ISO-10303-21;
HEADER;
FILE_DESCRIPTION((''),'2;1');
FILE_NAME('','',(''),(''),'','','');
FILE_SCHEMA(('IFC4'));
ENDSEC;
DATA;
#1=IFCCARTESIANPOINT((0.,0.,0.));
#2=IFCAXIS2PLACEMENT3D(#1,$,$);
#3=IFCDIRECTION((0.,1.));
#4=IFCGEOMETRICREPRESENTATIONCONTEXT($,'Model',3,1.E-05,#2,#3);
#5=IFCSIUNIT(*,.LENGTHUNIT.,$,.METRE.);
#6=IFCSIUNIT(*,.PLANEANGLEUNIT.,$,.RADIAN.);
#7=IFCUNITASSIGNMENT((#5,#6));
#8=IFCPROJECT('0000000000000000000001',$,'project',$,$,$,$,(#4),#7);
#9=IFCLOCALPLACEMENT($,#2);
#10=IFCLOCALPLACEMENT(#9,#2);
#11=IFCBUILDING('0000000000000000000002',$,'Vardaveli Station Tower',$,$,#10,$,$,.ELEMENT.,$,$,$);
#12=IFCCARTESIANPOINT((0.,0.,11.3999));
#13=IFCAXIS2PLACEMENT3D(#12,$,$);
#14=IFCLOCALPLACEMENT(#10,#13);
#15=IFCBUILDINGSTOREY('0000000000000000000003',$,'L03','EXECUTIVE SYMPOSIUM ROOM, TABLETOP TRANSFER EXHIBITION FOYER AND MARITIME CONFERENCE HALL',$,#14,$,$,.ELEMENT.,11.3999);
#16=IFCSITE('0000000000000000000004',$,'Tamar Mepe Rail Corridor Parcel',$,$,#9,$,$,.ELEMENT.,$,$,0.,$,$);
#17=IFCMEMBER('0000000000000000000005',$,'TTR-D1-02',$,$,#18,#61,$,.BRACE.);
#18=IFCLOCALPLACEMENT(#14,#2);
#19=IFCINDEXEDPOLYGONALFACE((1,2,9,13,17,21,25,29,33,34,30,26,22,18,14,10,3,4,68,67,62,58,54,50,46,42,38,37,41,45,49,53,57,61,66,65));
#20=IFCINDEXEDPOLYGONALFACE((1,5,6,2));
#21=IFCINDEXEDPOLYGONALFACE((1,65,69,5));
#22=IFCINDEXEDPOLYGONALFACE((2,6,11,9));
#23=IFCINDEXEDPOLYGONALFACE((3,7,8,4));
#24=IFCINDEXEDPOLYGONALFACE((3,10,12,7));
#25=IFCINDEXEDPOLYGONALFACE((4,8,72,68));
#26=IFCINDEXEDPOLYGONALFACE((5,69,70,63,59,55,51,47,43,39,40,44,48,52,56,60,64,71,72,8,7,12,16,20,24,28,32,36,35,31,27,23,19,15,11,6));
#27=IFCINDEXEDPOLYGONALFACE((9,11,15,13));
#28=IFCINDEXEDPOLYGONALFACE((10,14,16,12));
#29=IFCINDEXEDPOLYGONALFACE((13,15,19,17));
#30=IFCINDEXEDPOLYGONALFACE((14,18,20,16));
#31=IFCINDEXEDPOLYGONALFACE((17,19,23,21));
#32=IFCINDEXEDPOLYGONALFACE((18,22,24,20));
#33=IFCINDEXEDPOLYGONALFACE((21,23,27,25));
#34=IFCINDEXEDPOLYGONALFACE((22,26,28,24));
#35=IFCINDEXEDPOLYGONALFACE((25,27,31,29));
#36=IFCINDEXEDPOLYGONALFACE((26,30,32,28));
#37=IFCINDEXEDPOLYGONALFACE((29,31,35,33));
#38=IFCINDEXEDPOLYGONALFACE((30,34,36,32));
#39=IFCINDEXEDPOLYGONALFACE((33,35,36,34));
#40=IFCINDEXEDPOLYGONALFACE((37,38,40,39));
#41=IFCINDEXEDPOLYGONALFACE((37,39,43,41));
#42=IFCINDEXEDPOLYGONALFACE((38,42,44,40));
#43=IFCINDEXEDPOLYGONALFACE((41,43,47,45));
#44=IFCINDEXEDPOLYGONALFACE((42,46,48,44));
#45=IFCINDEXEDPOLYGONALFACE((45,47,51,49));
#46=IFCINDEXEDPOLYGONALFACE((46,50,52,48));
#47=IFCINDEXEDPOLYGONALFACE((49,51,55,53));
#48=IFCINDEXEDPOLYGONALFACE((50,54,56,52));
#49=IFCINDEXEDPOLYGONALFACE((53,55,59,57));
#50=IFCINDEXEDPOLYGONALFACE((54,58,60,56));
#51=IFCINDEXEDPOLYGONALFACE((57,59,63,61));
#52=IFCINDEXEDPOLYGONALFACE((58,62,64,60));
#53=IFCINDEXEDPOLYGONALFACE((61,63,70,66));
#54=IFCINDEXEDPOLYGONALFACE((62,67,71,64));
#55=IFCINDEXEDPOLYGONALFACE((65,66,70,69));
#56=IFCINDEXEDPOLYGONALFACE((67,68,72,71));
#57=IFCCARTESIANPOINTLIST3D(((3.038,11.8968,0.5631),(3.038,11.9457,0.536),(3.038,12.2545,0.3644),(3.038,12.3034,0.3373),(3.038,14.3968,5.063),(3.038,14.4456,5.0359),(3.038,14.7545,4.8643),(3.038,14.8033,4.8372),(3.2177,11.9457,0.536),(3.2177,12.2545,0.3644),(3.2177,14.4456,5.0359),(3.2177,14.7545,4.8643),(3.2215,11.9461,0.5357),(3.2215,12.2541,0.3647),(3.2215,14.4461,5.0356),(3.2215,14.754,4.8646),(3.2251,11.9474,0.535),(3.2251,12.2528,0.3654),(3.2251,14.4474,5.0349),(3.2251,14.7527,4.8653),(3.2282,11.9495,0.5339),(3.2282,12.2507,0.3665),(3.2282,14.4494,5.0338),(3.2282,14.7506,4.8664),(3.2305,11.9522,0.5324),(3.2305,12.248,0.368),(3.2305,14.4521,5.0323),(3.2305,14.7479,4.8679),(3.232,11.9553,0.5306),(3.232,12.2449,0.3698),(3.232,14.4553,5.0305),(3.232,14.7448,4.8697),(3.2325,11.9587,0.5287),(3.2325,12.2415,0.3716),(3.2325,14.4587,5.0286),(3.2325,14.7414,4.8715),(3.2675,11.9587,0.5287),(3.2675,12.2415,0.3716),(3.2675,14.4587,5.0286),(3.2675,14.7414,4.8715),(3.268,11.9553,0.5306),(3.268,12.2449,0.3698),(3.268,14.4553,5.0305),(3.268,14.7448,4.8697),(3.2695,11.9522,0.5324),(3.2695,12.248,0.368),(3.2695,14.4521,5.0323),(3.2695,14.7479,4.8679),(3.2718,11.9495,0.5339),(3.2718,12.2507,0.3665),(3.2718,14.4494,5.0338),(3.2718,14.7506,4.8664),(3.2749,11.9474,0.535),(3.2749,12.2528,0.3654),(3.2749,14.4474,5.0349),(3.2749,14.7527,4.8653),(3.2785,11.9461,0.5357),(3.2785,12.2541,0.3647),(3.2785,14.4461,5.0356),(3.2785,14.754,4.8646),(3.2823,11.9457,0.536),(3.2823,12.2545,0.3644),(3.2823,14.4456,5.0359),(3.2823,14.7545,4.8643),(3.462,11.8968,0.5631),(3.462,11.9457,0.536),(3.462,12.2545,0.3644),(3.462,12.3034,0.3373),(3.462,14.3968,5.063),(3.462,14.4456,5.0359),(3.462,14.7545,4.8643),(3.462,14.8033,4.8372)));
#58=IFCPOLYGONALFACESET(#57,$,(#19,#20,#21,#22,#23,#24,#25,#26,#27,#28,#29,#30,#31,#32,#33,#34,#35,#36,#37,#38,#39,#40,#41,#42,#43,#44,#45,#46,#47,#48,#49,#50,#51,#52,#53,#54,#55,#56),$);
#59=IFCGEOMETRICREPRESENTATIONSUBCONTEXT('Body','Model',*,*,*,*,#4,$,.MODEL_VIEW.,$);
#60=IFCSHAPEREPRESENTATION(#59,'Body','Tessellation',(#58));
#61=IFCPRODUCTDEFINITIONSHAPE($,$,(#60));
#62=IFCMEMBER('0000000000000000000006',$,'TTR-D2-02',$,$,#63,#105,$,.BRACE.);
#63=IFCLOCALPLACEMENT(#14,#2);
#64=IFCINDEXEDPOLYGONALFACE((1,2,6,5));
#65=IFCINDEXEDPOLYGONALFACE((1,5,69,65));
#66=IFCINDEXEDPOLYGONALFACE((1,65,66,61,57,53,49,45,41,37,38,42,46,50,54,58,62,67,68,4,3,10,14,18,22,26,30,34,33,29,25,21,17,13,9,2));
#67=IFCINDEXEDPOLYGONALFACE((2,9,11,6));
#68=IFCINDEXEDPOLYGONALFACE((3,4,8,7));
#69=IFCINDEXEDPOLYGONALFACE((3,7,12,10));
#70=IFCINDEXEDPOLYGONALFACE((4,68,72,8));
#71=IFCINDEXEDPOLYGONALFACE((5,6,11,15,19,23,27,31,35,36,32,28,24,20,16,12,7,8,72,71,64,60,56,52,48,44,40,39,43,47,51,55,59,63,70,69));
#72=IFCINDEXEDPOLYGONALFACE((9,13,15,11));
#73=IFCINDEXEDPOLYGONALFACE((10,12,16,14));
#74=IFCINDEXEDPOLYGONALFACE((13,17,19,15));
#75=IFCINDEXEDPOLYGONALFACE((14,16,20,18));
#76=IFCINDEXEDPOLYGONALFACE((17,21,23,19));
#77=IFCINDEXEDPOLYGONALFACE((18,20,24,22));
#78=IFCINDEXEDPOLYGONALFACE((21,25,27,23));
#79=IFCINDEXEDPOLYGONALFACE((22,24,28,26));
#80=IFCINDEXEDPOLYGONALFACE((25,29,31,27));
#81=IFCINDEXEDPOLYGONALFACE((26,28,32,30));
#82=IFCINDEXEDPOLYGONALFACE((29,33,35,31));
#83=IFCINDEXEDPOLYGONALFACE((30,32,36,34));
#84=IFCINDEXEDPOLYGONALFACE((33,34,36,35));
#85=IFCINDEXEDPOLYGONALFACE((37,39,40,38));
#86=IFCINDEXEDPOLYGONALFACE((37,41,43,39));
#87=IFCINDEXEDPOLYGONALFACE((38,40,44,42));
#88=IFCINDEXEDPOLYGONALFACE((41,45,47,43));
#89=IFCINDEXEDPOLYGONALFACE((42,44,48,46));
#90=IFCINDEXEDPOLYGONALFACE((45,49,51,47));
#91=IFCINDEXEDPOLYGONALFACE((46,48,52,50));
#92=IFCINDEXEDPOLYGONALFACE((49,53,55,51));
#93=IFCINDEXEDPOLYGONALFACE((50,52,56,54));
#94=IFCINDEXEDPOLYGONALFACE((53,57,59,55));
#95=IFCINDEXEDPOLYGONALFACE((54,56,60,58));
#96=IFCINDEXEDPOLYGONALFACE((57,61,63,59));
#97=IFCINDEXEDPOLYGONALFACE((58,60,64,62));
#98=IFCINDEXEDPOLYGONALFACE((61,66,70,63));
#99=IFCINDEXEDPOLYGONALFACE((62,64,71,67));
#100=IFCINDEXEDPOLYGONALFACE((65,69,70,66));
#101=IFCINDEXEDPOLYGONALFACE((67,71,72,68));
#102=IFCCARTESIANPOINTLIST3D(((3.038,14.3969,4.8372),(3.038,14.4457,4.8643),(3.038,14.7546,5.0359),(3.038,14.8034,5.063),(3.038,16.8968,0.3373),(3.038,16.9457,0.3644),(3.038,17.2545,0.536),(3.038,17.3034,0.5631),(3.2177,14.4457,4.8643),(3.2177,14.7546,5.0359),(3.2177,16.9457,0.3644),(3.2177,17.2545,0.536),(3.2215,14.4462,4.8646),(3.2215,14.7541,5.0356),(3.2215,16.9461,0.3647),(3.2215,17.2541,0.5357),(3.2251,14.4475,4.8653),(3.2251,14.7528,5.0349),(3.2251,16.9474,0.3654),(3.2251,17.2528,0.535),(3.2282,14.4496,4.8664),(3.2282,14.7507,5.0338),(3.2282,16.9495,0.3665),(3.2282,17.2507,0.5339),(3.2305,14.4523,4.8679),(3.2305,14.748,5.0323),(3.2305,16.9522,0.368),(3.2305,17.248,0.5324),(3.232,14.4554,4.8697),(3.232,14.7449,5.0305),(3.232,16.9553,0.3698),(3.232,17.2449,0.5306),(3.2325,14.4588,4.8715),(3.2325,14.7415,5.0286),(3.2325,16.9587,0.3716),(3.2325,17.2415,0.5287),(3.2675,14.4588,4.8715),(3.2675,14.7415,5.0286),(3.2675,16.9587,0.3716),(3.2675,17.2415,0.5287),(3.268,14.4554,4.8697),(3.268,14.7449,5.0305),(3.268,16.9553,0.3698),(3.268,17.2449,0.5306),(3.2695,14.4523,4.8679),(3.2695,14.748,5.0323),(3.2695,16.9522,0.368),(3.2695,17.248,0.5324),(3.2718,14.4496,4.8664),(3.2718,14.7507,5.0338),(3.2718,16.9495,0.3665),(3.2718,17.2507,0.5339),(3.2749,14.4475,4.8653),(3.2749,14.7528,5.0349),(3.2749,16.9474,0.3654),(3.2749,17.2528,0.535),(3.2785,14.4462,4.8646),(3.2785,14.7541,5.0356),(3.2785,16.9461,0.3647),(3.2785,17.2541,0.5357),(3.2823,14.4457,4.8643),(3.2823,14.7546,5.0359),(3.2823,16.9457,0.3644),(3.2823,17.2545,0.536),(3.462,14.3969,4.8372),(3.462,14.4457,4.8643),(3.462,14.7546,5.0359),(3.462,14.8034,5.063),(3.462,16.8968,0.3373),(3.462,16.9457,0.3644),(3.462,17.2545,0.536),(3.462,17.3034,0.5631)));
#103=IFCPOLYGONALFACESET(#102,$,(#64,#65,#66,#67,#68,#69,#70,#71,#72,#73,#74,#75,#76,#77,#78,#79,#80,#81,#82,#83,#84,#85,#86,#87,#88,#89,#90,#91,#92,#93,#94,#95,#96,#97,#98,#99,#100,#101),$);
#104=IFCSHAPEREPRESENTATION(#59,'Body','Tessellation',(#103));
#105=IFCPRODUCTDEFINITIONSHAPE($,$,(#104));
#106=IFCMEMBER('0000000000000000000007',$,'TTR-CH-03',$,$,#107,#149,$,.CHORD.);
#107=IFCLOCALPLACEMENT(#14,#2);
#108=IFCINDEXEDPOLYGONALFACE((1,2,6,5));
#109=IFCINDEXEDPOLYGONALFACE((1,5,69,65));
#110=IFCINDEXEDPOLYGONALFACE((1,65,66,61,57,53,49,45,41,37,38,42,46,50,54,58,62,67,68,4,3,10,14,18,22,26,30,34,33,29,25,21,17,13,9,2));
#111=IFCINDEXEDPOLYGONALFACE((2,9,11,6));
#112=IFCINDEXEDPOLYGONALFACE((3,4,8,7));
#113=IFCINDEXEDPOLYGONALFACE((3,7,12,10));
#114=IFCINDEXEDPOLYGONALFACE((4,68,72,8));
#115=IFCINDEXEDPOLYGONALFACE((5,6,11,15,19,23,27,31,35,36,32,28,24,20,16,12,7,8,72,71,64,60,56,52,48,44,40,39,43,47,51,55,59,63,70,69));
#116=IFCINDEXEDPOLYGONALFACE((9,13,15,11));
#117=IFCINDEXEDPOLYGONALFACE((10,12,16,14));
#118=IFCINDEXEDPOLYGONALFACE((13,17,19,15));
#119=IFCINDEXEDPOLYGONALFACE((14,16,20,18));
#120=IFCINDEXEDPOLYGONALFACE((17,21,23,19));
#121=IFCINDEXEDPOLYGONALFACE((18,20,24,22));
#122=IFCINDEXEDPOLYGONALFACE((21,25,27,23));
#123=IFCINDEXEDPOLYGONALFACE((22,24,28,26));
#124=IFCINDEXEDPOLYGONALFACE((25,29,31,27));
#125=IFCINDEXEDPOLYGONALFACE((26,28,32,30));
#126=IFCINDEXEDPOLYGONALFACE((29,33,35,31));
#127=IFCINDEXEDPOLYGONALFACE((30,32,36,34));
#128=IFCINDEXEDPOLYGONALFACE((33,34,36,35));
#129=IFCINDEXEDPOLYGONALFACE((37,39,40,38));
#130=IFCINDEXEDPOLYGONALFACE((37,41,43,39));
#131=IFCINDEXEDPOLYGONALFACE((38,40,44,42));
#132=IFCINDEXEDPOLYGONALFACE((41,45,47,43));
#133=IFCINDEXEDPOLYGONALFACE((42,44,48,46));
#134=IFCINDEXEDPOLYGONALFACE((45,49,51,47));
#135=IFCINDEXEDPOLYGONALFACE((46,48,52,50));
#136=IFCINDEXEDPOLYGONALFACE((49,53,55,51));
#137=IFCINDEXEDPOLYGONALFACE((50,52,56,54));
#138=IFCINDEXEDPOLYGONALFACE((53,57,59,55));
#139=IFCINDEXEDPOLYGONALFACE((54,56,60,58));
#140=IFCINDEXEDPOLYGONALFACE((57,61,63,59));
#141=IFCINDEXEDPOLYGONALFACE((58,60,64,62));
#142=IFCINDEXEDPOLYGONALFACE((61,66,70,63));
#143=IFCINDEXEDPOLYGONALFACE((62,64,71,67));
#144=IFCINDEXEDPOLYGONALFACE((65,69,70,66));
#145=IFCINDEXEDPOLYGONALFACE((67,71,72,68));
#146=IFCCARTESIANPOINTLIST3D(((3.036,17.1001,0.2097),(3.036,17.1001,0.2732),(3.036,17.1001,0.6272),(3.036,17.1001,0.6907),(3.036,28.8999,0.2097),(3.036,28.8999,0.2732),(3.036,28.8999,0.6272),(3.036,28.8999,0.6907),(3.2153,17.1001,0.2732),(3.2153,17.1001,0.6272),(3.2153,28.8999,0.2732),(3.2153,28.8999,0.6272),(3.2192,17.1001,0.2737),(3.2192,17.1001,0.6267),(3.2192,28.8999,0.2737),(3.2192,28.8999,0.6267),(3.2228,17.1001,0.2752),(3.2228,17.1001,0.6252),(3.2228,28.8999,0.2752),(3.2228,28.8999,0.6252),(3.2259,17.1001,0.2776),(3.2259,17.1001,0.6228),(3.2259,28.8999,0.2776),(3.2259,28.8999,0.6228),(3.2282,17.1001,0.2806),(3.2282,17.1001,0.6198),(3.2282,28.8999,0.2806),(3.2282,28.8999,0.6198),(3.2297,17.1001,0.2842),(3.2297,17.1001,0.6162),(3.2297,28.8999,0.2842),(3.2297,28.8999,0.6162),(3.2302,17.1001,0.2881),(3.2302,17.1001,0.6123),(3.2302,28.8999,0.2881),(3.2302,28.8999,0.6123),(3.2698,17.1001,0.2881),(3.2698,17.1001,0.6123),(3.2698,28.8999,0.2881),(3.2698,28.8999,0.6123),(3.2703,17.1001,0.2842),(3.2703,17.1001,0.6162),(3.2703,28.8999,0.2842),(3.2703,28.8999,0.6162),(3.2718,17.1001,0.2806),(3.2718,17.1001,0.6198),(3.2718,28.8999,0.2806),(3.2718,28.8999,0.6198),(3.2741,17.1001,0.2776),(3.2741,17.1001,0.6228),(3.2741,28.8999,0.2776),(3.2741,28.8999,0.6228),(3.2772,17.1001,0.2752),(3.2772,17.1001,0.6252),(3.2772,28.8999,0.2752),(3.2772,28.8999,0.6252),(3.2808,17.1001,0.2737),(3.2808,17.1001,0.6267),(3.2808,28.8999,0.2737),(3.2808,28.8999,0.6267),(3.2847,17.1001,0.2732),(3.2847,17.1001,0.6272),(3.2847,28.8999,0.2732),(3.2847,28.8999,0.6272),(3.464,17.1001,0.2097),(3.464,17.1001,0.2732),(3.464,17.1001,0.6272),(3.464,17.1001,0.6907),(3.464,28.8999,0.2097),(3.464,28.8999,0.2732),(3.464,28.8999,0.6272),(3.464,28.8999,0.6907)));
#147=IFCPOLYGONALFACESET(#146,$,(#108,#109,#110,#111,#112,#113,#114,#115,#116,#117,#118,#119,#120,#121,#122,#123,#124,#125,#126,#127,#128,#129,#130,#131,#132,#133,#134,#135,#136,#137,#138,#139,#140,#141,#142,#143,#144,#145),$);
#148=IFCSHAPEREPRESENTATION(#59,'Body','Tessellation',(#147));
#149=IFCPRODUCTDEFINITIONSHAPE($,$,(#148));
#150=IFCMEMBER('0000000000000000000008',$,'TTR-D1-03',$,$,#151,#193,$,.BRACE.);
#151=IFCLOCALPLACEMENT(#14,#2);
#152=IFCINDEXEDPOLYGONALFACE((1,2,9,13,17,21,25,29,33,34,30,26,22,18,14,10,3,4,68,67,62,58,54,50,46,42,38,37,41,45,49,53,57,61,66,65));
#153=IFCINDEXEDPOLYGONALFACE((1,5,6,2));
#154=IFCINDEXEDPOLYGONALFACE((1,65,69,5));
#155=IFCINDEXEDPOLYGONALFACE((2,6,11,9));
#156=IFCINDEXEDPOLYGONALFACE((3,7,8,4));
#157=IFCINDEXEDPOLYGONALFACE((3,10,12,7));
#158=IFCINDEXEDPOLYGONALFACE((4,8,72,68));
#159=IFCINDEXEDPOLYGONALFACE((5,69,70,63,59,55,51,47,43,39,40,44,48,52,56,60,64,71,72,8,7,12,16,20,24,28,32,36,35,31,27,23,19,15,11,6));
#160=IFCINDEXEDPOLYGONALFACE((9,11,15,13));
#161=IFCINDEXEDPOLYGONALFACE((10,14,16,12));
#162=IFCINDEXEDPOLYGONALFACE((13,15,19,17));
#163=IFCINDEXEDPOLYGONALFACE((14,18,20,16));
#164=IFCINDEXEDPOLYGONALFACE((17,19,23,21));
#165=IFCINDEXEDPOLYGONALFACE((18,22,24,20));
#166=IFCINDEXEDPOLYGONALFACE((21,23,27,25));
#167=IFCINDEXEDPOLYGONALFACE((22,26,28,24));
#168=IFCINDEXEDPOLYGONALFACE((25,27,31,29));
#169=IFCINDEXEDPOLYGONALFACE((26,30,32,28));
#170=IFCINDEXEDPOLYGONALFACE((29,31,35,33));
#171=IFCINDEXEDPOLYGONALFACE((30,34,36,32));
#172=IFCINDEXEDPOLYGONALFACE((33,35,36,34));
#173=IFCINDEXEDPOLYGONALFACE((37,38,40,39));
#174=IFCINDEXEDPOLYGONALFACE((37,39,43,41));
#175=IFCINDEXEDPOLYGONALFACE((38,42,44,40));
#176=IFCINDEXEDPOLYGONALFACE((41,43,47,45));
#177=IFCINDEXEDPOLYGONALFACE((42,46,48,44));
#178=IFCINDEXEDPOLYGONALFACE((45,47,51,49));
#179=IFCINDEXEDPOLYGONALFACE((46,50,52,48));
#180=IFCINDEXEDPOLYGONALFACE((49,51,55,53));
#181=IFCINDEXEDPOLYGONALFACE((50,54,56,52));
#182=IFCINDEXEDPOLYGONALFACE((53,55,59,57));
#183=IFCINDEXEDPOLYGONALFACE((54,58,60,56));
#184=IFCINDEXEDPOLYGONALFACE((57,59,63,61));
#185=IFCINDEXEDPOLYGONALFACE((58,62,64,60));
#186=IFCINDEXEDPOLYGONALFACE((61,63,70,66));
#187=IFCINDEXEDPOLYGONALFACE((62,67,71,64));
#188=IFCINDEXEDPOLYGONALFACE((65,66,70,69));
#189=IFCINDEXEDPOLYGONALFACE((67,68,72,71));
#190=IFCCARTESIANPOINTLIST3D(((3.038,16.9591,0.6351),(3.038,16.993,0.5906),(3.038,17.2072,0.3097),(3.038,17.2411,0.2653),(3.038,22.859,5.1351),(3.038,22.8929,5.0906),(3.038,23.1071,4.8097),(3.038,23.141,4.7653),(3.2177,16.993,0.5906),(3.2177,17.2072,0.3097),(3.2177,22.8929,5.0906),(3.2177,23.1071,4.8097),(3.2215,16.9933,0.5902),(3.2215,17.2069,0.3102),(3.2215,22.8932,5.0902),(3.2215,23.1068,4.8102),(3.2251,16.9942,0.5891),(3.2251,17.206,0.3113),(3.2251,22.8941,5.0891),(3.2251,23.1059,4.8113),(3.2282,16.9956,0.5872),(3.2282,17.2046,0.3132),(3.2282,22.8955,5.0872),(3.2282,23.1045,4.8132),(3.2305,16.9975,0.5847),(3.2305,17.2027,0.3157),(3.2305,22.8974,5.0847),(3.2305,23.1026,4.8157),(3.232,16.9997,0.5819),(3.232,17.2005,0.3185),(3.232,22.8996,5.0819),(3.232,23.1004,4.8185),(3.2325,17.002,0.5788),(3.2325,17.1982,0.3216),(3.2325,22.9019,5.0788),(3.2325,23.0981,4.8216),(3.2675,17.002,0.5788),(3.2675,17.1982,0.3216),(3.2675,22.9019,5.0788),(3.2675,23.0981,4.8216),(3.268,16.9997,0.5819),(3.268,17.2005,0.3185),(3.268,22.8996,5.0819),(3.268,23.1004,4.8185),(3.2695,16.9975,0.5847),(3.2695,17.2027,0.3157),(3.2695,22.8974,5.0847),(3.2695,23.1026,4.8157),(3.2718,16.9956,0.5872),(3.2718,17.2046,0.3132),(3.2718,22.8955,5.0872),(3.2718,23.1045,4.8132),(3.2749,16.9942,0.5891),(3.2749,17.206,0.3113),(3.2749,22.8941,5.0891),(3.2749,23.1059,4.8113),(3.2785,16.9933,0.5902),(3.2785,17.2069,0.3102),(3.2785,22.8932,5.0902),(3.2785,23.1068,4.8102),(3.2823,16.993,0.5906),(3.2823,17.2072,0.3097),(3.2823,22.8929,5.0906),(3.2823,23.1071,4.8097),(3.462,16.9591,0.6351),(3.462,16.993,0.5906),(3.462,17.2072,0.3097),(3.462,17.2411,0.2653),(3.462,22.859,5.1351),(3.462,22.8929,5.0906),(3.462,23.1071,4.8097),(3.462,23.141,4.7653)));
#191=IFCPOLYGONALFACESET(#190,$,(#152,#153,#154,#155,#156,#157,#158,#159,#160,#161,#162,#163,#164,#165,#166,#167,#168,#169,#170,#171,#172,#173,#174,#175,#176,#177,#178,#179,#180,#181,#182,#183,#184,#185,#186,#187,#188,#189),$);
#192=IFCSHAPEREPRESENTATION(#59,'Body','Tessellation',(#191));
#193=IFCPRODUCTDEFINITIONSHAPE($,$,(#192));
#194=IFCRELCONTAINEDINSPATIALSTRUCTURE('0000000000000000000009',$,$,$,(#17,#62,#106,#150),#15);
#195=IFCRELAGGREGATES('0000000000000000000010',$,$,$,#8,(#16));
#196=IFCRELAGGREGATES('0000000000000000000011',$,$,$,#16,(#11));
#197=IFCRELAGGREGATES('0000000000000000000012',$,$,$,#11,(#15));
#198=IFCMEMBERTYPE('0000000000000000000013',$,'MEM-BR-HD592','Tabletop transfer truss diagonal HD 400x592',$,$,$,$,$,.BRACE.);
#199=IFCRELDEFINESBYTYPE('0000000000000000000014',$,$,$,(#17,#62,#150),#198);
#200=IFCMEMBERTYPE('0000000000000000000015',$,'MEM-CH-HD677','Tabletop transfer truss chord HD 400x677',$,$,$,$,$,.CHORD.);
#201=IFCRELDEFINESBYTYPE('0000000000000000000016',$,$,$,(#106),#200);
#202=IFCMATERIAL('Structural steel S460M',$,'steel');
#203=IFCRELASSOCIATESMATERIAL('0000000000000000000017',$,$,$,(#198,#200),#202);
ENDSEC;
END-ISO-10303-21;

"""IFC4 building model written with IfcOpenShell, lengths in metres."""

from ifc_helpers import new_model, si_unit, direction, frame, origin, origin_2d, place, context, subcontext, project, spatial, i_section, extrude, source, transform, mapped, material, material_profile, profile_set, type_object, element, save


model = new_model("IFC4")

# Units and contexts
model_context = context("Model", 3, precision=1e-05, world=origin(), true_north=direction((0.0, 1.0)))
body_context = subcontext(model_context, "Body", "Model", "MODEL_VIEW")
ifc_project = project(units=[si_unit("LENGTHUNIT", "METRE"), si_unit("PLANEANGLEUNIT", "RADIAN")], contexts=[model_context])

# Site, building, storey
site_placement = place(None, origin())
site = spatial("IfcSite", under=ifc_project, at=site_placement, Name="Tamar Mepe Rail Corridor Parcel", CompositionType="ELEMENT", RefElevation=0.0)
building_placement = place(site_placement, origin())
building = spatial("IfcBuilding", under=site, at=building_placement, Name="Vardaveli Station Tower", CompositionType="ELEMENT")
storey_placement = place(building_placement, frame((0.0, 0.0, 11.3999)))
storey = spatial("IfcBuildingStorey", under=building, at=storey_placement, Name="L03", Description="EXECUTIVE SYMPOSIUM ROOM, TABLETOP TRANSFER EXHIBITION FOYER AND MARITIME CONFERENCE HALL", CompositionType="ELEMENT", Elevation=11.3999)

# Members
ifc_material_1 = material(Name="Structural steel S460M", Category="steel")
ifc_material_profile_1 = material_profile(ifc_material_1, i_section(OverallWidth=0.4241, OverallDepth=0.4651, WebThickness=0.0349, FlangeThickness=0.0559, FilletRadius=0.0149, at=origin_2d()), Name="HD 400x592")
ifc_profile_set_1 = profile_set([ifc_material_profile_1], Name="Structural steel S460M")
member_type_1 = type_object("IfcMemberType", Name="MEM-BR-HD592", Description="Tabletop transfer truss diagonal HD 400x592", PredefinedType="BRACE", material=ifc_profile_set_1)
ifc_material_profile_2 = material_profile(ifc_material_1, i_section(OverallWidth=0.428, OverallDepth=0.481, WebThickness=0.0396, FlangeThickness=0.0635, FilletRadius=0.0149, at=origin_2d()), Name="HD 400x677")
ifc_profile_set_2 = profile_set([ifc_material_profile_2], Name="Structural steel S460M")
member_type_2 = type_object("IfcMemberType", Name="MEM-CH-HD677", Description="Tabletop transfer truss chord HD 400x677", PredefinedType="CHORD", material=ifc_profile_set_2)
shared_shape_1 = source(origin(), body_context, "Body", "SweptSolid", [
    extrude(i_section(OverallWidth=0.4241, OverallDepth=0.4651, WebThickness=0.0349, FlangeThickness=0.0559, FilletRadius=0.0149, at=origin_2d()), origin(), (0.0, 0.0, 1.0), 5.1477),
])
for number, where, z_axis, x_axis, name in (
    (1, (3.25, 12.1001, 0.4502), (0.0, 0.485643, 0.874157), (-1.0, 0.0, 0.0), "TTR-D1-02"),
    (2, (3.25, 17.1001, 0.4502), (0.0, -0.485643, 0.874157), (1.0, 0.0, 0.0), "TTR-D2-02"),
):
    element("IfcMember", number, at=place(storey_placement, frame(where, z_axis=z_axis, x_axis=x_axis)), inside=storey, type_object=member_type_1, Name=name, PredefinedType="BRACE", context=body_context, shape_type="MappedRepresentation", body=[
        mapped(shared_shape_1, transform((0.0, 0.0, 0.0), scale=1.0)),
    ])
shared_shape_2 = source(origin(), body_context, "Body", "SweptSolid", [
    extrude(i_section(OverallWidth=0.428, OverallDepth=0.481, WebThickness=0.0396, FlangeThickness=0.0635, FilletRadius=0.0149, at=origin_2d()), origin(), (0.0, 0.0, 1.0), 11.7998),
])
member_1_placement = place(storey_placement, frame((3.25, 17.1001, 0.4502), z_axis=(0.0, 1.0, 0.0), x_axis=(-1.0, 0.0, 0.0)))
element("IfcMember", 3, at=member_1_placement, inside=storey, type_object=member_type_2, Name="TTR-CH-03", PredefinedType="CHORD", context=body_context, shape_type="MappedRepresentation", body=[
    mapped(shared_shape_2, transform((0.0, 0.0, 0.0), scale=1.0)),
])
shared_shape_3 = source(origin(), body_context, "Body", "SweptSolid", [
    extrude(i_section(OverallWidth=0.4241, OverallDepth=0.4651, WebThickness=0.0349, FlangeThickness=0.0559, FilletRadius=0.0149, at=origin_2d()), origin(), (0.0, 0.0, 1.0), 7.4202),
])
member_2_placement = place(storey_placement, frame((3.25, 17.1001, 0.4502), z_axis=(0.0, 0.795117, 0.606456), x_axis=(-1.0, 0.0, 0.0)))
element("IfcMember", 4, at=member_2_placement, inside=storey, type_object=member_type_1, Name="TTR-D1-03", PredefinedType="BRACE", context=body_context, shape_type="MappedRepresentation", body=[
    mapped(shared_shape_3, transform((0.0, 0.0, 0.0), scale=1.0)),
])

save(model, "model.ifc")
